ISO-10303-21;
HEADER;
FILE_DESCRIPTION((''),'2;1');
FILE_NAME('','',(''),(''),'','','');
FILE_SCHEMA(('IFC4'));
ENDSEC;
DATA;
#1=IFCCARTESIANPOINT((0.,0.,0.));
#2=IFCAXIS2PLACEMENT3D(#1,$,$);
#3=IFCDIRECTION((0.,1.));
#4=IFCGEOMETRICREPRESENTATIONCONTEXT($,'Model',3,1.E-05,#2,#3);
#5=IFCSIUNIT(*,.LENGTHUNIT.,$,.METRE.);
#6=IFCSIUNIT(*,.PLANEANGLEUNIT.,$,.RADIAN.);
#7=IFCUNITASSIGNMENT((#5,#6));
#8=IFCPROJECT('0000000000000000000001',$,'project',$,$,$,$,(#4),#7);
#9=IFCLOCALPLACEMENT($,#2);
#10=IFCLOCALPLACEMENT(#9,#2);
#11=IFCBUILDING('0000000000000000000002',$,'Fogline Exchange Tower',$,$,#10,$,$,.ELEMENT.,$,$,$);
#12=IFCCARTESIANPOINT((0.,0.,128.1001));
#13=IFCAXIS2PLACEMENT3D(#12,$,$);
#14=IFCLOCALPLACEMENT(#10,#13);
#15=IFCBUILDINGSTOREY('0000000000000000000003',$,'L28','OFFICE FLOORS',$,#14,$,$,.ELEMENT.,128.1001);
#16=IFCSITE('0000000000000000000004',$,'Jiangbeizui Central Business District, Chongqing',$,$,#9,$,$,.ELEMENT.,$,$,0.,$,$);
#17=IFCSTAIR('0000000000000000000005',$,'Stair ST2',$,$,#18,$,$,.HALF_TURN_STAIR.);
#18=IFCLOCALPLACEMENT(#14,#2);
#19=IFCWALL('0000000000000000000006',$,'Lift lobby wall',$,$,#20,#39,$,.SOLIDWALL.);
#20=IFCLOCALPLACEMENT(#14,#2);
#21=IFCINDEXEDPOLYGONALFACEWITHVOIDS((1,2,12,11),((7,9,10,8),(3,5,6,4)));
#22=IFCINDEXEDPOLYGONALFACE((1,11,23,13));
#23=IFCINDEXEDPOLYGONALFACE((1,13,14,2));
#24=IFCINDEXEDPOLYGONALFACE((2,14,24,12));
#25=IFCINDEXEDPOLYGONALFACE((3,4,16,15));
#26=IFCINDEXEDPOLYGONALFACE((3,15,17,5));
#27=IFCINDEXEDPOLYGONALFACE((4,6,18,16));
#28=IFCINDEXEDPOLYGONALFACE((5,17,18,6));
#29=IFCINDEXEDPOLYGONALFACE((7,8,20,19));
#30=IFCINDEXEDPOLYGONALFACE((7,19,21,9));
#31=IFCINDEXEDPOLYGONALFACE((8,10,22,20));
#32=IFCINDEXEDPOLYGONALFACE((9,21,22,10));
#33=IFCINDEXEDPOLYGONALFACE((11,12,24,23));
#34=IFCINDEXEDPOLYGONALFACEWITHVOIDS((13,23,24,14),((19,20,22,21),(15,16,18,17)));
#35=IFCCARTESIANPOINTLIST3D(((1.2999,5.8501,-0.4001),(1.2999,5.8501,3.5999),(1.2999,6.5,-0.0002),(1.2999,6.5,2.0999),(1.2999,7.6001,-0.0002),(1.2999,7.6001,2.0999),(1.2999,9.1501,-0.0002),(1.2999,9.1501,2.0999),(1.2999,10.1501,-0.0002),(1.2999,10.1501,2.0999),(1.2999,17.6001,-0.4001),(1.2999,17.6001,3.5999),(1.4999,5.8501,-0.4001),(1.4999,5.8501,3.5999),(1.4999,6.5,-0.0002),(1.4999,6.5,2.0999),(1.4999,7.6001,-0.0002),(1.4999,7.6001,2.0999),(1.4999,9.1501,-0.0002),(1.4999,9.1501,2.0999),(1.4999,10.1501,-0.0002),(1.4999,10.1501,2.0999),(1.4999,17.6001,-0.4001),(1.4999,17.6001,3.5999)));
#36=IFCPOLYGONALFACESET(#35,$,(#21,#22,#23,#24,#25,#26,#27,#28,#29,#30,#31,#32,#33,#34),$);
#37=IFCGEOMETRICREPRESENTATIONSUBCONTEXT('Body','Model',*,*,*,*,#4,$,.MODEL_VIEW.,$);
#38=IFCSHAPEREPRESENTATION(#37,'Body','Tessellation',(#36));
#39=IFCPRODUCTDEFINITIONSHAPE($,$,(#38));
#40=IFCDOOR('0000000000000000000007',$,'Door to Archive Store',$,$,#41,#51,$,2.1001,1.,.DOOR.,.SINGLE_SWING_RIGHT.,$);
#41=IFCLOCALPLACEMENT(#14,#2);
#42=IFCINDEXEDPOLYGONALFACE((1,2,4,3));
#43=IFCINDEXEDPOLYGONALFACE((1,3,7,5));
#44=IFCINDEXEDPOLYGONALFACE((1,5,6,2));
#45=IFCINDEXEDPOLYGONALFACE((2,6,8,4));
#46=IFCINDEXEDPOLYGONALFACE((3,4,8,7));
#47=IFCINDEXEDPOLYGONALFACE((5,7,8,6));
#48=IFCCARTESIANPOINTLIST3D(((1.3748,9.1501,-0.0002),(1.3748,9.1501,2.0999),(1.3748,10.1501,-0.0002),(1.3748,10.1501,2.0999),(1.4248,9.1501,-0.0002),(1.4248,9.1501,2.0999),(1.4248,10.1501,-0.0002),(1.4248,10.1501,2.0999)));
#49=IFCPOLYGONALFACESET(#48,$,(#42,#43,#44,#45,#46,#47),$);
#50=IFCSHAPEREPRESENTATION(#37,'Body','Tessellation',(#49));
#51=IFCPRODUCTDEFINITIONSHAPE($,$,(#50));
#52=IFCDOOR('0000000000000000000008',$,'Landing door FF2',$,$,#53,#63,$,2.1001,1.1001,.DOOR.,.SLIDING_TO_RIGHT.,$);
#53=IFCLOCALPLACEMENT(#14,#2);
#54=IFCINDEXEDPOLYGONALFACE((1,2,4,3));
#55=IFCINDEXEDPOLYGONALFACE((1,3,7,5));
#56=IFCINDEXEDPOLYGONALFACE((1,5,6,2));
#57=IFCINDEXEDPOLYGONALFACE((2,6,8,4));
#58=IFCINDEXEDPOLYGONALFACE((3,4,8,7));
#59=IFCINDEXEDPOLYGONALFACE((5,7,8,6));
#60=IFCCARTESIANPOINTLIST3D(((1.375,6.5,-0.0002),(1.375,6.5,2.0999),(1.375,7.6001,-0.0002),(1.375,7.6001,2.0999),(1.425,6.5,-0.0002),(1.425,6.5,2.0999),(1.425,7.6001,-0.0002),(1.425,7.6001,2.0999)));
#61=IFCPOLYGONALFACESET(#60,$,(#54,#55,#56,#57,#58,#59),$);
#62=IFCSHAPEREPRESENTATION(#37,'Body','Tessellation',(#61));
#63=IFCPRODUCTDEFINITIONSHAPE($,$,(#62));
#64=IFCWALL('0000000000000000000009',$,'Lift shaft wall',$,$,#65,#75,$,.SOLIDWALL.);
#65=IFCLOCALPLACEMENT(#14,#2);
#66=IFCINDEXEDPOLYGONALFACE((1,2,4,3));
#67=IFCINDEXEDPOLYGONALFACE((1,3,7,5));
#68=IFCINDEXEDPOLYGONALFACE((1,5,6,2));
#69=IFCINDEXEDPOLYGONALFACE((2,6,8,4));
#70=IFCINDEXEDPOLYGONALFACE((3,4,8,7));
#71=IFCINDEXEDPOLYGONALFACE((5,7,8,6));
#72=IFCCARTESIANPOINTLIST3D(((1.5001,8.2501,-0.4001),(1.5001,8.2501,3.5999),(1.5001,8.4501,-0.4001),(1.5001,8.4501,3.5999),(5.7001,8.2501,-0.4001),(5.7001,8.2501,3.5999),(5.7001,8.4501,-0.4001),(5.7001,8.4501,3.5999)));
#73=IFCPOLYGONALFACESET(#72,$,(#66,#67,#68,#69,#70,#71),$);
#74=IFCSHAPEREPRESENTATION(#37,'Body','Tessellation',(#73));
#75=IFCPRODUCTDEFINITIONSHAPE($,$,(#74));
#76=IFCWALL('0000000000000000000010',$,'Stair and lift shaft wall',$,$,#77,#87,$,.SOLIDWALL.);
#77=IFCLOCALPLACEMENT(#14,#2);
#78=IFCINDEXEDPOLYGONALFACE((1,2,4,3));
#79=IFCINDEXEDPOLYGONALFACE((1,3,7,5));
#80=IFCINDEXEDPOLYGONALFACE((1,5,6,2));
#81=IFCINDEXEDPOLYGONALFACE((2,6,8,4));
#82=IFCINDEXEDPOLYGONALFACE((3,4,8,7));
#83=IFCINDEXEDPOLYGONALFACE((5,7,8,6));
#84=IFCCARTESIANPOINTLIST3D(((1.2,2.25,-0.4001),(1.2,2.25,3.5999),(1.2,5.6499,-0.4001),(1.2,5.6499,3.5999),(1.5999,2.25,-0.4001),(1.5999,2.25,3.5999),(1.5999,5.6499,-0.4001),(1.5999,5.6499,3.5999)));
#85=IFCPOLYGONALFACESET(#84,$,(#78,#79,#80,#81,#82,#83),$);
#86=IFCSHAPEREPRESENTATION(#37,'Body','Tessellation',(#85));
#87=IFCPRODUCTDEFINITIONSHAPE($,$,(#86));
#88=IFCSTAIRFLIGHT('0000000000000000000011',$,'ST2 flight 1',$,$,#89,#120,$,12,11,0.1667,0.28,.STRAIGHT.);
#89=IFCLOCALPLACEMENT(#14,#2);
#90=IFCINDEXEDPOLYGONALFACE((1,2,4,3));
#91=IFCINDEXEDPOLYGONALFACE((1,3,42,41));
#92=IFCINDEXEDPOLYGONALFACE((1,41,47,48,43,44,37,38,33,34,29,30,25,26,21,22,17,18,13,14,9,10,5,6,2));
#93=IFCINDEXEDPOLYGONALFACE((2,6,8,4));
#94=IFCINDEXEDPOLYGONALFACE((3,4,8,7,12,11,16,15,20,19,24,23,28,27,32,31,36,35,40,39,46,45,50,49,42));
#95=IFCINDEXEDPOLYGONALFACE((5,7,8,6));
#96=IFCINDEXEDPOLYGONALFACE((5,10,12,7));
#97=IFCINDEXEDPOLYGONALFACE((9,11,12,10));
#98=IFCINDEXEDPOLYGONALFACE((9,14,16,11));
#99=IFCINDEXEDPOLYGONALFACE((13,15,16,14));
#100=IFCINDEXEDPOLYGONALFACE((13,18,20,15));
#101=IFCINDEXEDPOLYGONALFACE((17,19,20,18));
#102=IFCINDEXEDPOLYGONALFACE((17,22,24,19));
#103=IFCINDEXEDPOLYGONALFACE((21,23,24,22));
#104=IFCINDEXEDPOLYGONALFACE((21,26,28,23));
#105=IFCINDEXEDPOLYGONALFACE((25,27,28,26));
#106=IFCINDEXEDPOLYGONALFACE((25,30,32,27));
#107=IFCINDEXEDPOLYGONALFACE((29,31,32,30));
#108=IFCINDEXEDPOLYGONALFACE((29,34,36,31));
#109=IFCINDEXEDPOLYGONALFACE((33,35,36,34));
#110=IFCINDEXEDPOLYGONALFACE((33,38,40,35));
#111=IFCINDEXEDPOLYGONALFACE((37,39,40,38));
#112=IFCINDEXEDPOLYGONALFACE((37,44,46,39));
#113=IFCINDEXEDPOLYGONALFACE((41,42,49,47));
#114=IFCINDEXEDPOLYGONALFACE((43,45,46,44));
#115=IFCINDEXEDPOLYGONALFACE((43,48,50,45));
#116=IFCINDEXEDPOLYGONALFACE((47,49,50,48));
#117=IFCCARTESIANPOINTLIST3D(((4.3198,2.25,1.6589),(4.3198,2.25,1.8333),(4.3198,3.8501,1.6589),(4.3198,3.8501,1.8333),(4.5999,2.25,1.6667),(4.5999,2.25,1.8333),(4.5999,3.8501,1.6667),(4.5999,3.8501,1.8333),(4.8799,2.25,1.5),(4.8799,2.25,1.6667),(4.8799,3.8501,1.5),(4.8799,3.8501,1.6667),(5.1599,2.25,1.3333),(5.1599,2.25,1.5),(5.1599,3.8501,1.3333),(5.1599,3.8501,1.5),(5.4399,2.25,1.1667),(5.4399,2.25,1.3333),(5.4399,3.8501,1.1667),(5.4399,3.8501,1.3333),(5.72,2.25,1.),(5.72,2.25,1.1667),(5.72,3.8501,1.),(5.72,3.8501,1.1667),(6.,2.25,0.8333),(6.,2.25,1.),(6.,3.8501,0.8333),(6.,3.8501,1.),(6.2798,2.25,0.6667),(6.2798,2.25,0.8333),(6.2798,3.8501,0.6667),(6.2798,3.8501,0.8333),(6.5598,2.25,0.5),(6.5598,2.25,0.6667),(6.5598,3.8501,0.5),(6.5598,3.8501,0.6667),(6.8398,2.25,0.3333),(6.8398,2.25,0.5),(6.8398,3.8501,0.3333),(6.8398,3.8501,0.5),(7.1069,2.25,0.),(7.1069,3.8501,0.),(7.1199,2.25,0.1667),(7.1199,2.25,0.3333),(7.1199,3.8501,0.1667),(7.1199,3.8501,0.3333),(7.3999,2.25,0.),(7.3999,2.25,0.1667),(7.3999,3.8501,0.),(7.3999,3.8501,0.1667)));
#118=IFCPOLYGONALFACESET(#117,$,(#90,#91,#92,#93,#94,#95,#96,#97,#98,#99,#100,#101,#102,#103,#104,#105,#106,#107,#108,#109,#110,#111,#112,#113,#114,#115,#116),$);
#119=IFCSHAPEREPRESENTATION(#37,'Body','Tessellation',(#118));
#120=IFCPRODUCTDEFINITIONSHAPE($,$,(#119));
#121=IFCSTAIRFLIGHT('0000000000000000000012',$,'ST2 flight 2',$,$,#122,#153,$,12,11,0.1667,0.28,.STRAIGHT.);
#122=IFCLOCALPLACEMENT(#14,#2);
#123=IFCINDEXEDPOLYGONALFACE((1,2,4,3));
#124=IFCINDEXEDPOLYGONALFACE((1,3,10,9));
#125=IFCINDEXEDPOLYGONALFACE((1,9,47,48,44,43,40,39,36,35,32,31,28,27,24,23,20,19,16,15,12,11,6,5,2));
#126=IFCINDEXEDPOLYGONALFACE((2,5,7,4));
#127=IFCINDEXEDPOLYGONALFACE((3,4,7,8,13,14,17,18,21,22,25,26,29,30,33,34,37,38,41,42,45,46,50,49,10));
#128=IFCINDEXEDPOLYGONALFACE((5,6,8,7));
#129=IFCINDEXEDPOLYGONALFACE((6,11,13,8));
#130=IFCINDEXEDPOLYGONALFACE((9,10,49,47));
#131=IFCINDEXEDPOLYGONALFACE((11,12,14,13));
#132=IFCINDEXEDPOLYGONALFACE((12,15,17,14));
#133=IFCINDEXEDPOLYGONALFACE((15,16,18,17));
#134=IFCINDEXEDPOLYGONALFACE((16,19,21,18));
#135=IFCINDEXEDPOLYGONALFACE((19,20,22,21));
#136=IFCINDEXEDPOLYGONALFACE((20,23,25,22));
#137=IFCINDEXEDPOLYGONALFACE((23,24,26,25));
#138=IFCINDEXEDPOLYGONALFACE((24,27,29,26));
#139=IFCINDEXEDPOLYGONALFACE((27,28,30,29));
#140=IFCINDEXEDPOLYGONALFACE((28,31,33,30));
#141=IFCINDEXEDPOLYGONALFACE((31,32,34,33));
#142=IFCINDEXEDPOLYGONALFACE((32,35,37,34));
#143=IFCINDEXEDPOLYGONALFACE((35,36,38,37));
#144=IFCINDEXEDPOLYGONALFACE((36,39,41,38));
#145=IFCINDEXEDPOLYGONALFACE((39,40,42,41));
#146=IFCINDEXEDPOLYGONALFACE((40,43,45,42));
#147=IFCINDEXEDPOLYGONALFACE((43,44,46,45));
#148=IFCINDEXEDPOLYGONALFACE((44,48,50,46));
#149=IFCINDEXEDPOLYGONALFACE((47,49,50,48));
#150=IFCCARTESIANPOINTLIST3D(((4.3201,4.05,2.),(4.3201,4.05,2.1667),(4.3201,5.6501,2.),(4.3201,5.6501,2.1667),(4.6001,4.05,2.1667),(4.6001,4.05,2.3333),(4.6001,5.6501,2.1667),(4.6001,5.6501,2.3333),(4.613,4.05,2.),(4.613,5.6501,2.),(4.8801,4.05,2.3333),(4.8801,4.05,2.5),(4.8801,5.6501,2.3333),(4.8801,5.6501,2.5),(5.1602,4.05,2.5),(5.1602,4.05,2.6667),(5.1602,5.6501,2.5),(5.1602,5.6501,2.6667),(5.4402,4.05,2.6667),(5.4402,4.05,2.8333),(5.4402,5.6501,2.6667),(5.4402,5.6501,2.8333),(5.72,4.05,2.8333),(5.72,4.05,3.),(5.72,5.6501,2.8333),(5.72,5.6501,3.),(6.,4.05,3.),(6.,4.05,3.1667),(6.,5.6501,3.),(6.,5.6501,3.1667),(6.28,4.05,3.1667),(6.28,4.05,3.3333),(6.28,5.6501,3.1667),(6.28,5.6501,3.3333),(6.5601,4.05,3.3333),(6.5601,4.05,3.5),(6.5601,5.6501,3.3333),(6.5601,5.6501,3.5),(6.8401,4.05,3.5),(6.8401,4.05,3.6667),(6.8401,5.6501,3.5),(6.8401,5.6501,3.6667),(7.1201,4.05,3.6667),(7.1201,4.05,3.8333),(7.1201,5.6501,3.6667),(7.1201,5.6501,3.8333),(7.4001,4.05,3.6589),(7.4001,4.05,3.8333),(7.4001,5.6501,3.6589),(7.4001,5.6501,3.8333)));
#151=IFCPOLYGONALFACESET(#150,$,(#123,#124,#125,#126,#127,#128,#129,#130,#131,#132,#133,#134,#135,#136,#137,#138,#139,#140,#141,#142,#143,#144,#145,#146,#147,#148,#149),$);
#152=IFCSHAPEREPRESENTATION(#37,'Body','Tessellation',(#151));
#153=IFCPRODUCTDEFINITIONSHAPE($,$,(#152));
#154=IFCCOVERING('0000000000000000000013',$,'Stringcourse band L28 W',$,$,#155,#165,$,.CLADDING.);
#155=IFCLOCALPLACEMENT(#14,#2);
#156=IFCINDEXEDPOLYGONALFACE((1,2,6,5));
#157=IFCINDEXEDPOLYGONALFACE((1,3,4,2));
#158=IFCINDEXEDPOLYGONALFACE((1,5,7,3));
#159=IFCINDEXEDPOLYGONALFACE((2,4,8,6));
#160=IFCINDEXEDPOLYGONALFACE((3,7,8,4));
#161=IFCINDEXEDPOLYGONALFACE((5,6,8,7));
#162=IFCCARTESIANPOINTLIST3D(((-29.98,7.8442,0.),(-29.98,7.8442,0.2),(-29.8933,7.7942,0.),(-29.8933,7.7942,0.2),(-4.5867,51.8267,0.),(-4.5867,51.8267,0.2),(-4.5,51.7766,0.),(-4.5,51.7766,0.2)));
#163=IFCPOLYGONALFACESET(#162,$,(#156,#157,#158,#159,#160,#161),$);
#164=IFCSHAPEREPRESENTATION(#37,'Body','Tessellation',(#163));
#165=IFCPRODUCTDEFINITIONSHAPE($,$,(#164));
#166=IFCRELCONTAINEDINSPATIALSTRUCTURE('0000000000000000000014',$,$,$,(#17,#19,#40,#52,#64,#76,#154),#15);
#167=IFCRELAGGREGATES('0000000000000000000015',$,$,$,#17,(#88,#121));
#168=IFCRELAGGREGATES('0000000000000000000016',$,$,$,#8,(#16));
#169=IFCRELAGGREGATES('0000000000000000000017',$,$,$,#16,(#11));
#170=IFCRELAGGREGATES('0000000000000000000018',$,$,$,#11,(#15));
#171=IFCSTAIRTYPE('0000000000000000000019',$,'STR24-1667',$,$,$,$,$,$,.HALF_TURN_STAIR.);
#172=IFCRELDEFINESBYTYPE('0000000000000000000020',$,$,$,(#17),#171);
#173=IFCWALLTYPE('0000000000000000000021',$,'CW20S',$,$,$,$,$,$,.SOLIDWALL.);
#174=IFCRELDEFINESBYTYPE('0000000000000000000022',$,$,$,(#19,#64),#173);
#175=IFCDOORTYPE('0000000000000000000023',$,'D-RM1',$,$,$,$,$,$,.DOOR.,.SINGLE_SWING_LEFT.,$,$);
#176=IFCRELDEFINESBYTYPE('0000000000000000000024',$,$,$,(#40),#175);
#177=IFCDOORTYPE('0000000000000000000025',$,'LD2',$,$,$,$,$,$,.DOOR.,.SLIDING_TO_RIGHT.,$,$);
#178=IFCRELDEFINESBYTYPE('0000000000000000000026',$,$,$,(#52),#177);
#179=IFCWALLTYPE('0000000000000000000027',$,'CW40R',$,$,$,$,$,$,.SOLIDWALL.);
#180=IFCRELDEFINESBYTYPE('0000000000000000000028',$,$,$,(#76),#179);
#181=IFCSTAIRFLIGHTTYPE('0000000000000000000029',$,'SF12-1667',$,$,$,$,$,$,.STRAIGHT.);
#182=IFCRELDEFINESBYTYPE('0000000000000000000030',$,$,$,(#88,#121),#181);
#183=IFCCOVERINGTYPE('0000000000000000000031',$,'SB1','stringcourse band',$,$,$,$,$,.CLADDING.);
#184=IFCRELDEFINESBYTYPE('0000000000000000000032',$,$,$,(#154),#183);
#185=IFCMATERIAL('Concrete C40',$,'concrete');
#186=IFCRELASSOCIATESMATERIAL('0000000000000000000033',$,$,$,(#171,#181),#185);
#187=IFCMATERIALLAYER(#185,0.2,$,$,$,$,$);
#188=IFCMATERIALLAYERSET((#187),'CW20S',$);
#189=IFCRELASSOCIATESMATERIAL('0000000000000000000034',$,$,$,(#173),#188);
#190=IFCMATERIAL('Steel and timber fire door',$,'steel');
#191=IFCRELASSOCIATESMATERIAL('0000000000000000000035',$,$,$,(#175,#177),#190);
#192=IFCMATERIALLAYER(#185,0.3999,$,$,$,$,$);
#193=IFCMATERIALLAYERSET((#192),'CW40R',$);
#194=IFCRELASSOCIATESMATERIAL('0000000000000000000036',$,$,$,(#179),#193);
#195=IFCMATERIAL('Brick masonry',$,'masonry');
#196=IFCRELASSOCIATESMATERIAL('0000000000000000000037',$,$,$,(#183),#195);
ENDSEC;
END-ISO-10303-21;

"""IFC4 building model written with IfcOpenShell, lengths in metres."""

from ifc_helpers import new_model, si_unit, direction, frame, frame_2d, origin, place, context, subcontext, project, spatial, polyline, rectangle, outline, extrude, material, layer, layer_set, type_object, element, fill, aggregate, save


model = new_model("IFC4")

# Units and contexts
model_context = context("Model", 3, precision=1e-05, world=origin(), true_north=direction((0.0, 1.0)))
body_context = subcontext(model_context, "Body", "Model", "MODEL_VIEW")
ifc_project = project(units=[si_unit("LENGTHUNIT", "METRE"), si_unit("PLANEANGLEUNIT", "RADIAN")], contexts=[model_context])

# Site, building, storey
site_placement = place(None, origin())
site = spatial("IfcSite", under=ifc_project, at=site_placement, Name="Jiangbeizui Central Business District, Chongqing", CompositionType="ELEMENT", RefElevation=0.0)
building_placement = place(site_placement, origin())
building = spatial("IfcBuilding", under=site, at=building_placement, Name="Fogline Exchange Tower", CompositionType="ELEMENT")
storey_placement = place(building_placement, frame((0.0, 0.0, 128.1001)))
storey = spatial("IfcBuildingStorey", under=building, at=storey_placement, Name="L28", Description="OFFICE FLOORS", CompositionType="ELEMENT", Elevation=128.1001)

# Shared definitions
ifc_material_1 = material(Name="Concrete C40", Category="concrete")

# Stair
stair_type = type_object("IfcStairType", Name="STR24-1667", PredefinedType="HALF_TURN_STAIR", material=ifc_material_1)
stair_1_placement = place(storey_placement, origin())
stair_1 = element("IfcStair", 1, at=stair_1_placement, inside=storey, type_object=stair_type, Name="Stair ST2", PredefinedType="HALF_TURN_STAIR")

# Shared definitions
ifc_material_2 = material(Name="Steel and timber fire door", Category="steel")

# Shared definitions
ifc_layer_1 = layer(ifc_material_1, 0.2)
ifc_layer_set_1 = layer_set([ifc_layer_1], Name="CW20S")
wall_type_1 = type_object("IfcWallType", Name="CW20S", PredefinedType="SOLIDWALL", material=ifc_layer_set_1)
door_type_1 = type_object("IfcDoorType", Name="D-RM1", OperationType="SINGLE_SWING_LEFT", PredefinedType="DOOR", material=ifc_material_2)

# Wall, openings, doors
wall_1_placement = place(storey_placement, frame((1.3999, 5.8501, -0.4001), z_axis=(0.0, 0.0, 1.0), x_axis=(0.0, 1.0, 0.0)))
wall_1 = element("IfcWall", 2, at=wall_1_placement, inside=storey, type_object=wall_type_1, Name="Lift lobby wall", PredefinedType="SOLIDWALL", context=body_context, shape_type="SweptSolid", body=[
    extrude(rectangle(XDim=11.75, YDim=0.2, at=frame_2d((5.875, 0.0))), origin(), (0.0, 0.0, 1.0), 4.0),
])
opening_1_placement = place(wall_1_placement, frame((0.6499, 0.0, 0.3999)))
opening_1 = element("IfcOpeningElement", 3, at=opening_1_placement, cuts=wall_1, PredefinedType="OPENING", context=body_context, shape_type="SweptSolid", body=[
    extrude(rectangle(XDim=1.1001, YDim=2.1001, at=frame_2d((0.55, 1.05))), frame((0.0, 0.1099, 0.0), z_axis=(0.0, -1.0, 0.0), x_axis=(1.0, 0.0, 0.0)), (0.0, 0.0, 1.0), 0.22),
])
opening_2_placement = place(wall_1_placement, frame((3.3, 0.0, 0.3999)))
opening_2 = element("IfcOpeningElement", 4, at=opening_2_placement, cuts=wall_1, PredefinedType="OPENING", context=body_context, shape_type="SweptSolid", body=[
    extrude(rectangle(XDim=1.0, YDim=2.1001, at=frame_2d((0.5, 1.05))), frame((0.0, 0.1099, 0.0), z_axis=(0.0, -1.0, 0.0), x_axis=(1.0, 0.0, 0.0)), (0.0, 0.0, 1.0), 0.22),
])
door_1_placement = place(opening_2_placement, frame((1.0, 0.0, 0.0), z_axis=(0.0, 0.0, 1.0), x_axis=(-1.0, 0.0, 0.0)))
door_1 = element("IfcDoor", 5, at=door_1_placement, inside=storey, type_object=door_type_1, Name="Door to Archive Store", OperationType="SINGLE_SWING_RIGHT", OverallHeight=2.1001, OverallWidth=1.0, PredefinedType="DOOR", context=body_context, shape_type="SweptSolid", body=[
    extrude(rectangle(XDim=1.0, YDim=2.1001, at=frame_2d((0.5, 1.05))), frame((0.0, 0.0249, 0.0), z_axis=(0.0, -1.0, 0.0), x_axis=(1.0, 0.0, 0.0)), (0.0, 0.0, 1.0), 0.05),
])
fill(opening_2, door_1)
door_type_2 = type_object("IfcDoorType", Name="LD2", OperationType="SLIDING_TO_RIGHT", PredefinedType="DOOR", material=ifc_material_2)
door_2_placement = place(opening_1_placement, origin())
door_2 = element("IfcDoor", 6, at=door_2_placement, inside=storey, type_object=door_type_2, Name="Landing door FF2", OperationType="SLIDING_TO_RIGHT", OverallHeight=2.1001, OverallWidth=1.1001, PredefinedType="DOOR", context=body_context, shape_type="SweptSolid", body=[
    extrude(rectangle(XDim=1.1001, YDim=2.1001, at=frame_2d((0.55, 1.05))), frame((0.0, 0.0249, 0.0), z_axis=(0.0, -1.0, 0.0), x_axis=(1.0, 0.0, 0.0)), (0.0, 0.0, 1.0), 0.05),
])
fill(opening_1, door_2)

# Walls
wall_2_placement = place(storey_placement, frame((1.5, 8.3501, -0.4001), z_axis=(0.0, 0.0, 1.0), x_axis=(1.0, 0.0, 0.0)))
element("IfcWall", 7, at=wall_2_placement, inside=storey, type_object=wall_type_1, Name="Lift shaft wall", PredefinedType="SOLIDWALL", context=body_context, shape_type="SweptSolid", body=[
    extrude(rectangle(XDim=4.2, YDim=0.2, at=frame_2d((2.1001, 0.0))), origin(), (0.0, 0.0, 1.0), 4.0),
])
ifc_layer_2 = layer(ifc_material_1, 0.3999)
ifc_layer_set_2 = layer_set([ifc_layer_2], Name="CW40R")
wall_type_2 = type_object("IfcWallType", Name="CW40R", PredefinedType="SOLIDWALL", material=ifc_layer_set_2)
wall_3_placement = place(storey_placement, frame((1.3999, 2.25, -0.4001), z_axis=(0.0, 0.0, 1.0), x_axis=(0.0, 1.0, 0.0)))
element("IfcWall", 8, at=wall_3_placement, inside=storey, type_object=wall_type_2, Name="Stair and lift shaft wall", PredefinedType="SOLIDWALL", context=body_context, shape_type="SweptSolid", body=[
    extrude(rectangle(XDim=3.3999, YDim=0.3999, at=frame_2d((1.7, 0.0))), origin(), (0.0, 0.0, 1.0), 4.0),
])

# Stair flights
stair_flight_type = type_object("IfcStairFlightType", Name="SF12-1667", PredefinedType="STRAIGHT", material=ifc_material_1)
stair_flight_1_placement = place(storey_placement, frame((7.3999, 3.05, 0.0), z_axis=(0.0, 0.0, 1.0), x_axis=(-1.0, 0.0, 0.0)))
stair_flight_1 = element("IfcStairFlight", 9, at=stair_flight_1_placement, type_object=stair_flight_type, Name="ST2 flight 1", NumberOfRisers=12, NumberOfTreads=11, PredefinedType="STRAIGHT", RiserHeight=0.1667, TreadLength=0.28, context=body_context, shape_type="SweptSolid", body=[
    extrude(outline(polyline([(0.0, 0.0), (0.0, 0.1667), (0.28, 0.1667), (0.28, 0.3333), (0.5601, 0.3333), (0.5601, 0.5), (0.8401, 0.5), (0.8401, 0.6667), (1.1201, 0.6667), (1.1201, 0.8333), (1.3999, 0.8333), (1.3999, 1.0), (1.6799, 1.0), (1.6799, 1.1667), (1.96, 1.1667), (1.96, 1.3333), (2.24, 1.3333), (2.24, 1.5), (2.52, 1.5), (2.52, 1.6667), (2.8, 1.6667), (2.8, 1.8333), (3.0801, 1.8333), (3.0801, 2.0), (3.0801, 1.6589), (0.293, 0.0), (0.0, 0.0)])), frame((0.0, 0.8, 0.0), z_axis=(0.0, -1.0, 0.0), x_axis=(1.0, 0.0, 0.0)), (0.0, 0.0, 1.0), 1.6001),
])
stair_flight_2_placement = place(storey_placement, frame((4.3201, 4.8501, 2.0), z_axis=(0.0, 0.0, 1.0), x_axis=(1.0, 0.0, 0.0)))
stair_flight_2 = element("IfcStairFlight", 10, at=stair_flight_2_placement, type_object=stair_flight_type, Name="ST2 flight 2", NumberOfRisers=12, NumberOfTreads=11, PredefinedType="STRAIGHT", RiserHeight=0.1667, TreadLength=0.28, context=body_context, shape_type="SweptSolid", body=[
    extrude(outline(polyline([(0.0, 0.0), (0.0, 0.1667), (0.28, 0.1667), (0.28, 0.3333), (0.5601, 0.3333), (0.5601, 0.5), (0.8401, 0.5), (0.8401, 0.6667), (1.1201, 0.6667), (1.1201, 0.8333), (1.3999, 0.8333), (1.3999, 1.0), (1.6799, 1.0), (1.6799, 1.1667), (1.96, 1.1667), (1.96, 1.3333), (2.24, 1.3333), (2.24, 1.5), (2.52, 1.5), (2.52, 1.6667), (2.8, 1.6667), (2.8, 1.8333), (3.0801, 1.8333), (3.0801, 2.0), (3.0801, 1.6589), (0.293, 0.0), (0.0, 0.0)])), frame((0.0, 0.8, 0.0), z_axis=(0.0, -1.0, 0.0), x_axis=(1.0, 0.0, 0.0)), (0.0, 0.0, 1.0), 1.6001),
])
aggregate(stair_1, [stair_flight_1, stair_flight_2])

# Covering
ifc_material_3 = material(Name="Brick masonry", Category="masonry")
covering_type = type_object("IfcCoveringType", Name="SB1", Description="stringcourse band", PredefinedType="CLADDING", material=ifc_material_3)
covering_placement = place(storey_placement, origin())
element("IfcCovering", 11, at=covering_placement, inside=storey, type_object=covering_type, Name="Stringcourse band L28 W", PredefinedType="CLADDING", context=body_context, shape_type="SweptSolid", body=[
    extrude(outline(polyline([(-4.5, 51.7766), (-4.5867, 51.8267), (-29.98, 7.8442), (-29.8933, 7.7942), (-4.5, 51.7766)])), origin(), (0.0, 0.0, 1.0), 0.2),
])

save(model, "model.ifc")
